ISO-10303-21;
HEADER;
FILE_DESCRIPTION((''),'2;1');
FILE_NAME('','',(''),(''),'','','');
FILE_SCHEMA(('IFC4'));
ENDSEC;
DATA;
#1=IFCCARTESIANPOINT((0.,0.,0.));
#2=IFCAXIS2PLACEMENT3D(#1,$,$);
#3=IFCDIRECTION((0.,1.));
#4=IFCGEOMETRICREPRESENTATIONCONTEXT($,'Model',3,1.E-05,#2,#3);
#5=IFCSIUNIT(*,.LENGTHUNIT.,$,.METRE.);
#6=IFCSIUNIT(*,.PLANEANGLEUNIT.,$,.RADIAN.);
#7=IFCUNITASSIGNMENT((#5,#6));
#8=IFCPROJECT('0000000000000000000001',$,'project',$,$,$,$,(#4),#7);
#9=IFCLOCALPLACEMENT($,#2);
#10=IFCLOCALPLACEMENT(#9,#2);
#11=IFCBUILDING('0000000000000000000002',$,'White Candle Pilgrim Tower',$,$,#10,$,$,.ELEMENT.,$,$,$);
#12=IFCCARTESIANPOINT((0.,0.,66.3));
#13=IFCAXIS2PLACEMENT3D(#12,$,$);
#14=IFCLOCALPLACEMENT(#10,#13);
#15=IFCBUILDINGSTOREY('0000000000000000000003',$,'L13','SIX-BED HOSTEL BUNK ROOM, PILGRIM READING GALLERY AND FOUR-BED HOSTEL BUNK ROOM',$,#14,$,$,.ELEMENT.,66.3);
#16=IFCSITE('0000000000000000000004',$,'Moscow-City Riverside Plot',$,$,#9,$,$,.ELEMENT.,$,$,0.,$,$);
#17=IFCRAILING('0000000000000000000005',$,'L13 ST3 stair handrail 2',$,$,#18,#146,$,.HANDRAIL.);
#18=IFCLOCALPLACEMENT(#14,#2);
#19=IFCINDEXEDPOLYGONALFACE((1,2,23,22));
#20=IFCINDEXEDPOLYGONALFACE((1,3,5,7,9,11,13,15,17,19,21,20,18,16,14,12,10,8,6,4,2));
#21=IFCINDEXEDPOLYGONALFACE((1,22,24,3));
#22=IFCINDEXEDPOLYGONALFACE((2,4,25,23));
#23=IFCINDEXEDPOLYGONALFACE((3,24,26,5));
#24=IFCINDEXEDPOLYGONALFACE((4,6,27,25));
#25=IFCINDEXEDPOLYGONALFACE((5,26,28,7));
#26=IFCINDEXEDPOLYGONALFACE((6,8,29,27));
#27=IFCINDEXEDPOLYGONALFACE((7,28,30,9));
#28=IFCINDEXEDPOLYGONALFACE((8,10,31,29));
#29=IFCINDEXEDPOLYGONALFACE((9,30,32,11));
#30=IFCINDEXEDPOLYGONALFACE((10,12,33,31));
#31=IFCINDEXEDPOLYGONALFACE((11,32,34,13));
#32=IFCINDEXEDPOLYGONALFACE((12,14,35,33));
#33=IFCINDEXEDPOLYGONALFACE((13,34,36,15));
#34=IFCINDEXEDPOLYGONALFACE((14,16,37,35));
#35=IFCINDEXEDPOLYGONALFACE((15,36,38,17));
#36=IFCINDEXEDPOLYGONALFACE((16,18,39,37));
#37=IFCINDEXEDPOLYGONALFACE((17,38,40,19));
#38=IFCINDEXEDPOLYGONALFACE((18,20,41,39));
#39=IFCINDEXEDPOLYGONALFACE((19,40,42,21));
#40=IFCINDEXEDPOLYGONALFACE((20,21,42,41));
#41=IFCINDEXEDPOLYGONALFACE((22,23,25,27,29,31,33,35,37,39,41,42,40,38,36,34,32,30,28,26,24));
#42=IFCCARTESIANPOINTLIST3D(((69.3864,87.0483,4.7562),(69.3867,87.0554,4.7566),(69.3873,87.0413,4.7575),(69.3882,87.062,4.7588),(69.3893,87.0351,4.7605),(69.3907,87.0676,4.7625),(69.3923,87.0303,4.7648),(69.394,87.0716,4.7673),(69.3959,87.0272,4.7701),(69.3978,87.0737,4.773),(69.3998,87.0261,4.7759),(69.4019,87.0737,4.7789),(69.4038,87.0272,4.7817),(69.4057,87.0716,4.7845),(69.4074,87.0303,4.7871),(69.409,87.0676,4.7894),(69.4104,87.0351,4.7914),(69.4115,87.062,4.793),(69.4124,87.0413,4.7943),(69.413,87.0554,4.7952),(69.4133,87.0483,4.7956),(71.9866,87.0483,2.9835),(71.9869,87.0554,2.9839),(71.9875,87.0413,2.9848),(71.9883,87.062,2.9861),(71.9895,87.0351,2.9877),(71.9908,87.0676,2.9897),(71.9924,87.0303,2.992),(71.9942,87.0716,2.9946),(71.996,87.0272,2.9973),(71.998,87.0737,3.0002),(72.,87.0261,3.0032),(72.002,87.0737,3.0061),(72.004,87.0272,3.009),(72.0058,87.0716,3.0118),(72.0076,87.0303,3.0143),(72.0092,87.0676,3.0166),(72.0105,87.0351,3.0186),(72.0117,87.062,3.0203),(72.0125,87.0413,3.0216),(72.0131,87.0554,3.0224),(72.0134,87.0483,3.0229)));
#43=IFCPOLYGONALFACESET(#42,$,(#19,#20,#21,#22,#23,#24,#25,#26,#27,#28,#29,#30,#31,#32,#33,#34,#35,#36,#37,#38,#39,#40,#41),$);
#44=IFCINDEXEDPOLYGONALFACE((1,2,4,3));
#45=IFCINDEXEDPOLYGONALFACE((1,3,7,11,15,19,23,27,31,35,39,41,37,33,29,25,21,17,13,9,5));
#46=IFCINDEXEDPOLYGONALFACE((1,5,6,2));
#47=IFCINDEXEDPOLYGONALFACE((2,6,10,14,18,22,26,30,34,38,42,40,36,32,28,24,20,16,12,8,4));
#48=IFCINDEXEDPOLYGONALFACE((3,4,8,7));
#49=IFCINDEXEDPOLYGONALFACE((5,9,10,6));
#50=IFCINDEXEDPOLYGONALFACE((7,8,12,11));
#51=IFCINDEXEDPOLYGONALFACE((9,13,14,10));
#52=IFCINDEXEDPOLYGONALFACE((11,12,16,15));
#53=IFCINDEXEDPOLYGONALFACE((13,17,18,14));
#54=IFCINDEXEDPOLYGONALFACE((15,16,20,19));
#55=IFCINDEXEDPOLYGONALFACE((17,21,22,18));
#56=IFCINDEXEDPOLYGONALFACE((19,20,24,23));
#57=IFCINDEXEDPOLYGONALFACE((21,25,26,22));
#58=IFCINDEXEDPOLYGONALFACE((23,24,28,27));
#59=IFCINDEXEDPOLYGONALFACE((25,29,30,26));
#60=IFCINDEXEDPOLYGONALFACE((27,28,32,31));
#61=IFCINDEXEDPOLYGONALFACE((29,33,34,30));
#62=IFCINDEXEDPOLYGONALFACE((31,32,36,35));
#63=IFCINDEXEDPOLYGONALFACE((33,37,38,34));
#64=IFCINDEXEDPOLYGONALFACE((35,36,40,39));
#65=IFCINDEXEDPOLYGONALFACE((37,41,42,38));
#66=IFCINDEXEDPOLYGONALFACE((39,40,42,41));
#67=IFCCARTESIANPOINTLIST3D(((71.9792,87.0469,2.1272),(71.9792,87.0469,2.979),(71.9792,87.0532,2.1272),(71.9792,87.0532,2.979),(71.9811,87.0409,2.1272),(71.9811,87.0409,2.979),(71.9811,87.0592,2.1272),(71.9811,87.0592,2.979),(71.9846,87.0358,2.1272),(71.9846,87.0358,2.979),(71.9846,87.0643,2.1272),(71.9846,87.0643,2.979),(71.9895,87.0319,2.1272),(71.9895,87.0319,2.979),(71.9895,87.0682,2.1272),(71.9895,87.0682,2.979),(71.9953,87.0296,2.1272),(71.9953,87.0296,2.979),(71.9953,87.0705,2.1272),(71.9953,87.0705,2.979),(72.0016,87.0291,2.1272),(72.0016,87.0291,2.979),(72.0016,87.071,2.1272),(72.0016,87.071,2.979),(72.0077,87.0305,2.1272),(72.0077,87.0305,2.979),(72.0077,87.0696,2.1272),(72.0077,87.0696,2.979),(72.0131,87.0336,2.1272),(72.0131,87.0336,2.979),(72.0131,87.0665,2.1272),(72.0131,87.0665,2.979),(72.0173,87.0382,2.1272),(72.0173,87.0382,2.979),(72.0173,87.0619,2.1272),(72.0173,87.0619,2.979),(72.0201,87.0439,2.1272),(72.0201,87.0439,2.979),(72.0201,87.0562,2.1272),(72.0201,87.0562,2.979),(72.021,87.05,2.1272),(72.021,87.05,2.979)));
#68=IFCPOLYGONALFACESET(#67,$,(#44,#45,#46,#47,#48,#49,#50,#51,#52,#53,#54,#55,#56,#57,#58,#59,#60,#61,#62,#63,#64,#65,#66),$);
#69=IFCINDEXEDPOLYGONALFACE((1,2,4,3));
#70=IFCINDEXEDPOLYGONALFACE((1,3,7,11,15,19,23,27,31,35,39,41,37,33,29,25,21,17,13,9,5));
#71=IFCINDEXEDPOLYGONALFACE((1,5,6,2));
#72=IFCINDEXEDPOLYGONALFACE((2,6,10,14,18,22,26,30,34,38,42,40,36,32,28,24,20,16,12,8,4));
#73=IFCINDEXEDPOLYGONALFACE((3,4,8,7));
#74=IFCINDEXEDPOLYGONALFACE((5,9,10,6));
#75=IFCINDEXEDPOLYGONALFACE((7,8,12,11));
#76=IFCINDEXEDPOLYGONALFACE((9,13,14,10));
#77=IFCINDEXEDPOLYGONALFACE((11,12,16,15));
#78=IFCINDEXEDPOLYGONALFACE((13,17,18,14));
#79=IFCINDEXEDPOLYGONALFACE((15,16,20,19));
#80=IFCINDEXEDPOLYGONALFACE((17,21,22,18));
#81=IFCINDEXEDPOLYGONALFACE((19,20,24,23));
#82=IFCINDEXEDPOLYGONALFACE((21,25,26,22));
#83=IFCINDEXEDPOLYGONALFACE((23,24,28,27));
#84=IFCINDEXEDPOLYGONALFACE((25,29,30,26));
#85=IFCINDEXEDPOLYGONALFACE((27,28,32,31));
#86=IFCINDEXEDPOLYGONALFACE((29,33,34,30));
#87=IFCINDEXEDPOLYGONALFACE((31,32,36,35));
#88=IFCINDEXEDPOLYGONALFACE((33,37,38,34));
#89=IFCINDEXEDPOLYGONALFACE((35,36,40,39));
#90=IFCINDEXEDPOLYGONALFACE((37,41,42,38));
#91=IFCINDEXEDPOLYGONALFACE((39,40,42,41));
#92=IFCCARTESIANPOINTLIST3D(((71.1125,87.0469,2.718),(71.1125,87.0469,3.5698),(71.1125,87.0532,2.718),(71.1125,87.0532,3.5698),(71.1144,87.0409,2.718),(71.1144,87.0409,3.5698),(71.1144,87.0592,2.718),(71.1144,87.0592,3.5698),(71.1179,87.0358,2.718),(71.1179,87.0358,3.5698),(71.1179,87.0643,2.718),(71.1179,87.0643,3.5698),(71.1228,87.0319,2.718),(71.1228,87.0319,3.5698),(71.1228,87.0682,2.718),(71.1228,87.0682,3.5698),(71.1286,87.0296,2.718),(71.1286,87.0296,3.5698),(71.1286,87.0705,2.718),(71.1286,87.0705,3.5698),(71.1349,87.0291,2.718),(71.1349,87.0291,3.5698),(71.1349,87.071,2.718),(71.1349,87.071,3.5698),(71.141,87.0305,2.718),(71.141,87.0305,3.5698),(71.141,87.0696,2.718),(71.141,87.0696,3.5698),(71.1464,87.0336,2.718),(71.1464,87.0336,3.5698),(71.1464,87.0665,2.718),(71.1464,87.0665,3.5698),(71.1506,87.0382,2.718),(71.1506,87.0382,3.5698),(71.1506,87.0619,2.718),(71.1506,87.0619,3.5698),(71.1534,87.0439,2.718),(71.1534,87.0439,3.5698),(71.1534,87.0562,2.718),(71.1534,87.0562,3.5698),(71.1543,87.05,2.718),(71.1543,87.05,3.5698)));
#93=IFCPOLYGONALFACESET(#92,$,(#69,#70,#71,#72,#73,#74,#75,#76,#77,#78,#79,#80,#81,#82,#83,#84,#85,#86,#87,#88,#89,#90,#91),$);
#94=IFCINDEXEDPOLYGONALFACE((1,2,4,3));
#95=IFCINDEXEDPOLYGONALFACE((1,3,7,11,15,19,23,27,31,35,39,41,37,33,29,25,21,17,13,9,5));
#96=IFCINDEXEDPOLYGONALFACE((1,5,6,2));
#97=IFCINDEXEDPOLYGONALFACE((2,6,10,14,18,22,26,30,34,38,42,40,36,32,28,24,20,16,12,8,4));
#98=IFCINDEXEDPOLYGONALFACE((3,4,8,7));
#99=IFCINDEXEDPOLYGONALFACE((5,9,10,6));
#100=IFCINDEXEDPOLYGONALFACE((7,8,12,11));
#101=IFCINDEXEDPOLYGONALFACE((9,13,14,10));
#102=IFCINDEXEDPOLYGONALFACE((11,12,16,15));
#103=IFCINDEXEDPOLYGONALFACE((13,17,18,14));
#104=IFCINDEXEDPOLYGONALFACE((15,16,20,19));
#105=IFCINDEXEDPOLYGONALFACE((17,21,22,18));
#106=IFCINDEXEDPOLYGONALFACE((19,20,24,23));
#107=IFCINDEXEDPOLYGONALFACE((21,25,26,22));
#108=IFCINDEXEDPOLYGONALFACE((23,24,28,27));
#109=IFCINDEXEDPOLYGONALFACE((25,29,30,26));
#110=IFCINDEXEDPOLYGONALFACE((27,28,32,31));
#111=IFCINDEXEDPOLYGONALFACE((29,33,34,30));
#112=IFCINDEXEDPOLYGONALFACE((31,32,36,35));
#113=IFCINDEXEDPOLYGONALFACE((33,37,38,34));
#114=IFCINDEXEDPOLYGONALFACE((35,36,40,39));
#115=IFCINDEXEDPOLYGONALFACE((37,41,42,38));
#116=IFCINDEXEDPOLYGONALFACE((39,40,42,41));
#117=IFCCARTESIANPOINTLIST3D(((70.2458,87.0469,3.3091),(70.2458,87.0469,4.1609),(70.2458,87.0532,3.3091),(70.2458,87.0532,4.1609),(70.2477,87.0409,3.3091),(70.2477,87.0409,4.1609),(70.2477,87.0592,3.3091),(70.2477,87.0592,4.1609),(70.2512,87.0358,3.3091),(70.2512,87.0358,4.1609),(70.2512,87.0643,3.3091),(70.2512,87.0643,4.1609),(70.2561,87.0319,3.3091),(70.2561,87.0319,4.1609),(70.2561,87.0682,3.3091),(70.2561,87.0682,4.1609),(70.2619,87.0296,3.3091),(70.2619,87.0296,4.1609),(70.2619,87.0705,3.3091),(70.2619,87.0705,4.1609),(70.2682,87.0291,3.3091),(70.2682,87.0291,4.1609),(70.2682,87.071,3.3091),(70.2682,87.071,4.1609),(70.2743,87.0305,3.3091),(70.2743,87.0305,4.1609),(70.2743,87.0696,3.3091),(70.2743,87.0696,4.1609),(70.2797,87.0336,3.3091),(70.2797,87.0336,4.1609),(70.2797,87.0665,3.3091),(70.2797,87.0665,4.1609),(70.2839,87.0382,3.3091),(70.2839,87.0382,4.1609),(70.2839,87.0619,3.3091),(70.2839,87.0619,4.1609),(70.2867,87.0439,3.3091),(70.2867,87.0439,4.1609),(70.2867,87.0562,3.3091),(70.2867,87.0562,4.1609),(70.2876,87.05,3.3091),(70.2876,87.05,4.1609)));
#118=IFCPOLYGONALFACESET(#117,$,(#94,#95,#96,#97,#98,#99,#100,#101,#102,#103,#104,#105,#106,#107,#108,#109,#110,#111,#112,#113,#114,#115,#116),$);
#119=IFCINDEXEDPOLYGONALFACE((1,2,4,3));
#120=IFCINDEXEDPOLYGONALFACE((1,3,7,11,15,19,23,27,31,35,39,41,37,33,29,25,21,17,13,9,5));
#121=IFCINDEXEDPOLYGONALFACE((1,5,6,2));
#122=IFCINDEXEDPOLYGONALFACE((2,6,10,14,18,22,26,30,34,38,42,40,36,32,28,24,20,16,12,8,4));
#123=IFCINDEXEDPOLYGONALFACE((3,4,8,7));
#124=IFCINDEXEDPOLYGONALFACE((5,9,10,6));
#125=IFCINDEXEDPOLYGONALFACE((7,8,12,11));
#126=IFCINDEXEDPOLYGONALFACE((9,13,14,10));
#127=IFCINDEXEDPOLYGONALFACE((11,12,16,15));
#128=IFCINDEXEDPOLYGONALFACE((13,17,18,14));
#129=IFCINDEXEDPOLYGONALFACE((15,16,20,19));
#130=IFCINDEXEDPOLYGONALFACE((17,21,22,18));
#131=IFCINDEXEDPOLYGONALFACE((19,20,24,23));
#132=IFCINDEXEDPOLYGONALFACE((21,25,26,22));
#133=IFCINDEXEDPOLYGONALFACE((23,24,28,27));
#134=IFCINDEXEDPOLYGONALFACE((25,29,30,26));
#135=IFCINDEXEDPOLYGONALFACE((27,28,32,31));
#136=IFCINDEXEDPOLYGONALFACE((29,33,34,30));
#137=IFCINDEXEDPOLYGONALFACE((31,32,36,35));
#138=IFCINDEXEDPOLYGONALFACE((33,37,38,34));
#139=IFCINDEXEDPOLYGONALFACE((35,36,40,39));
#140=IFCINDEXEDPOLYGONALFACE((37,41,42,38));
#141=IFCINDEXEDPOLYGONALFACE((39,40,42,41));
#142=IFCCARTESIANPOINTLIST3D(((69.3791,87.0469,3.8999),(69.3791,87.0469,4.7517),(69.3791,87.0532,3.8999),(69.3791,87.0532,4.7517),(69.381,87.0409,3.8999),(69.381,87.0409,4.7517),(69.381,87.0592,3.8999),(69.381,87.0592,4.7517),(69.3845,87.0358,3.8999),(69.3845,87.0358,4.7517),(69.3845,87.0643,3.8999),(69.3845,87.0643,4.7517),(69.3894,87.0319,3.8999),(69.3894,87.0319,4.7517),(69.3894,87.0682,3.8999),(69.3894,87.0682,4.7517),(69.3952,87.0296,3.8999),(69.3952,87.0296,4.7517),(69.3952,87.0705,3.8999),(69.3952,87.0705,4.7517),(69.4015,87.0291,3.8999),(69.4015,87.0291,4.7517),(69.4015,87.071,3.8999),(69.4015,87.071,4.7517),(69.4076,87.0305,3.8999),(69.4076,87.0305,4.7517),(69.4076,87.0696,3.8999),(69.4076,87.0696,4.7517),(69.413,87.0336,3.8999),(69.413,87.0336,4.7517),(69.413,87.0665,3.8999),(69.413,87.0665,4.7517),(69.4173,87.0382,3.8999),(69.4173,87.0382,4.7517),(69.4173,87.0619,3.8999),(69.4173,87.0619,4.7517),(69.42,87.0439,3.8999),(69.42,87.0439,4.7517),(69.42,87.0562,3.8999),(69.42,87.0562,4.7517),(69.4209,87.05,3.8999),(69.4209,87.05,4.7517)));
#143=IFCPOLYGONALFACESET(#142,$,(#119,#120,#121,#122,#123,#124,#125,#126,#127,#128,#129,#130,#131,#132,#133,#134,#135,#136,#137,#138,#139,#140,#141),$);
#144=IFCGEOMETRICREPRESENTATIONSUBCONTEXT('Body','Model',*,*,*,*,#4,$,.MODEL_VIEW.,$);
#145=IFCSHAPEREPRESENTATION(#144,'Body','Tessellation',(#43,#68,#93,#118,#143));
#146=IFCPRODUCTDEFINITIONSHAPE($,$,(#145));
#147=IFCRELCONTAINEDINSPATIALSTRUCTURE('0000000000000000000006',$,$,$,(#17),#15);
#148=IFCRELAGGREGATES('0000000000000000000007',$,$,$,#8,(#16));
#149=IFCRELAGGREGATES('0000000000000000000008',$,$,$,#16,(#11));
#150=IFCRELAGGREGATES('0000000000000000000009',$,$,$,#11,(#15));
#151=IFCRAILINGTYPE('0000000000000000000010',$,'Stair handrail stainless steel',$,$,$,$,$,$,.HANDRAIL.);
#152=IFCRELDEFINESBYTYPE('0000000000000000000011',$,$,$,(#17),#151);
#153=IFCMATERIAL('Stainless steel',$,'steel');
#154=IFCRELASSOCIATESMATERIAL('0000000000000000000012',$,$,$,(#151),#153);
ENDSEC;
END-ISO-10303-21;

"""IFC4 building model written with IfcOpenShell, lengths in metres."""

from ifc_helpers import new_model, si_unit, direction, frame, origin, origin_2d, place, context, subcontext, project, spatial, circle, extrude, material, type_object, element, save


model = new_model("IFC4")

# Units and contexts
model_context = context("Model", 3, precision=1e-05, world=origin(), true_north=direction((0.0, 1.0)))
body_context = subcontext(model_context, "Body", "Model", "MODEL_VIEW")
ifc_project = project(units=[si_unit("LENGTHUNIT", "METRE"), si_unit("PLANEANGLEUNIT", "RADIAN")], contexts=[model_context])

# Site, building, storey
site_placement = place(None, origin())
site = spatial("IfcSite", under=ifc_project, at=site_placement, Name="Moscow-City Riverside Plot", CompositionType="ELEMENT", RefElevation=0.0)
building_placement = place(site_placement, origin())
building = spatial("IfcBuilding", under=site, at=building_placement, Name="White Candle Pilgrim Tower", CompositionType="ELEMENT")
storey_placement = place(building_placement, frame((0.0, 0.0, 66.3)))
storey = spatial("IfcBuildingStorey", under=building, at=storey_placement, Name="L13", Description="SIX-BED HOSTEL BUNK ROOM, PILGRIM READING GALLERY AND FOUR-BED HOSTEL BUNK ROOM", CompositionType="ELEMENT", Elevation=66.3)

# Railing
ifc_material_1 = material(Name="Stainless steel", Category="steel")
railing_type_1 = type_object("IfcRailingType", Name="Stair handrail stainless steel", PredefinedType="HANDRAIL", material=ifc_material_1)
railing_1_placement = place(storey_placement, frame((72.0, 87.05, 2.1272)))
element("IfcRailing", 1, at=railing_1_placement, inside=storey, type_object=railing_type_1, Name="L13 ST3 stair handrail 2", PredefinedType="HANDRAIL", context=body_context, shape_type="SweptSolid", body=[
    extrude(circle(Radius=0.0239, at=origin_2d()), frame((0.0, 0.0, 0.876), z_axis=(-0.82624, 0.0, 0.563318), x_axis=(0.0, -1.0, 0.0)), (0.0, 0.0, 1.0), 3.147),
    extrude(circle(Radius=0.021, at=origin_2d()), origin(), (0.0, 0.0, 1.0), 0.8518),
    extrude(circle(Radius=0.021, at=origin_2d()), frame((-0.8667, 0.0, 0.5908)), (0.0, 0.0, 1.0), 0.8518),
    extrude(circle(Radius=0.021, at=origin_2d()), frame((-1.7334, 0.0, 1.1819)), (0.0, 0.0, 1.0), 0.8518),
    extrude(circle(Radius=0.021, at=origin_2d()), frame((-2.6001, 0.0, 1.7727)), (0.0, 0.0, 1.0), 0.8518),
])

save(model, "model.ifc")
